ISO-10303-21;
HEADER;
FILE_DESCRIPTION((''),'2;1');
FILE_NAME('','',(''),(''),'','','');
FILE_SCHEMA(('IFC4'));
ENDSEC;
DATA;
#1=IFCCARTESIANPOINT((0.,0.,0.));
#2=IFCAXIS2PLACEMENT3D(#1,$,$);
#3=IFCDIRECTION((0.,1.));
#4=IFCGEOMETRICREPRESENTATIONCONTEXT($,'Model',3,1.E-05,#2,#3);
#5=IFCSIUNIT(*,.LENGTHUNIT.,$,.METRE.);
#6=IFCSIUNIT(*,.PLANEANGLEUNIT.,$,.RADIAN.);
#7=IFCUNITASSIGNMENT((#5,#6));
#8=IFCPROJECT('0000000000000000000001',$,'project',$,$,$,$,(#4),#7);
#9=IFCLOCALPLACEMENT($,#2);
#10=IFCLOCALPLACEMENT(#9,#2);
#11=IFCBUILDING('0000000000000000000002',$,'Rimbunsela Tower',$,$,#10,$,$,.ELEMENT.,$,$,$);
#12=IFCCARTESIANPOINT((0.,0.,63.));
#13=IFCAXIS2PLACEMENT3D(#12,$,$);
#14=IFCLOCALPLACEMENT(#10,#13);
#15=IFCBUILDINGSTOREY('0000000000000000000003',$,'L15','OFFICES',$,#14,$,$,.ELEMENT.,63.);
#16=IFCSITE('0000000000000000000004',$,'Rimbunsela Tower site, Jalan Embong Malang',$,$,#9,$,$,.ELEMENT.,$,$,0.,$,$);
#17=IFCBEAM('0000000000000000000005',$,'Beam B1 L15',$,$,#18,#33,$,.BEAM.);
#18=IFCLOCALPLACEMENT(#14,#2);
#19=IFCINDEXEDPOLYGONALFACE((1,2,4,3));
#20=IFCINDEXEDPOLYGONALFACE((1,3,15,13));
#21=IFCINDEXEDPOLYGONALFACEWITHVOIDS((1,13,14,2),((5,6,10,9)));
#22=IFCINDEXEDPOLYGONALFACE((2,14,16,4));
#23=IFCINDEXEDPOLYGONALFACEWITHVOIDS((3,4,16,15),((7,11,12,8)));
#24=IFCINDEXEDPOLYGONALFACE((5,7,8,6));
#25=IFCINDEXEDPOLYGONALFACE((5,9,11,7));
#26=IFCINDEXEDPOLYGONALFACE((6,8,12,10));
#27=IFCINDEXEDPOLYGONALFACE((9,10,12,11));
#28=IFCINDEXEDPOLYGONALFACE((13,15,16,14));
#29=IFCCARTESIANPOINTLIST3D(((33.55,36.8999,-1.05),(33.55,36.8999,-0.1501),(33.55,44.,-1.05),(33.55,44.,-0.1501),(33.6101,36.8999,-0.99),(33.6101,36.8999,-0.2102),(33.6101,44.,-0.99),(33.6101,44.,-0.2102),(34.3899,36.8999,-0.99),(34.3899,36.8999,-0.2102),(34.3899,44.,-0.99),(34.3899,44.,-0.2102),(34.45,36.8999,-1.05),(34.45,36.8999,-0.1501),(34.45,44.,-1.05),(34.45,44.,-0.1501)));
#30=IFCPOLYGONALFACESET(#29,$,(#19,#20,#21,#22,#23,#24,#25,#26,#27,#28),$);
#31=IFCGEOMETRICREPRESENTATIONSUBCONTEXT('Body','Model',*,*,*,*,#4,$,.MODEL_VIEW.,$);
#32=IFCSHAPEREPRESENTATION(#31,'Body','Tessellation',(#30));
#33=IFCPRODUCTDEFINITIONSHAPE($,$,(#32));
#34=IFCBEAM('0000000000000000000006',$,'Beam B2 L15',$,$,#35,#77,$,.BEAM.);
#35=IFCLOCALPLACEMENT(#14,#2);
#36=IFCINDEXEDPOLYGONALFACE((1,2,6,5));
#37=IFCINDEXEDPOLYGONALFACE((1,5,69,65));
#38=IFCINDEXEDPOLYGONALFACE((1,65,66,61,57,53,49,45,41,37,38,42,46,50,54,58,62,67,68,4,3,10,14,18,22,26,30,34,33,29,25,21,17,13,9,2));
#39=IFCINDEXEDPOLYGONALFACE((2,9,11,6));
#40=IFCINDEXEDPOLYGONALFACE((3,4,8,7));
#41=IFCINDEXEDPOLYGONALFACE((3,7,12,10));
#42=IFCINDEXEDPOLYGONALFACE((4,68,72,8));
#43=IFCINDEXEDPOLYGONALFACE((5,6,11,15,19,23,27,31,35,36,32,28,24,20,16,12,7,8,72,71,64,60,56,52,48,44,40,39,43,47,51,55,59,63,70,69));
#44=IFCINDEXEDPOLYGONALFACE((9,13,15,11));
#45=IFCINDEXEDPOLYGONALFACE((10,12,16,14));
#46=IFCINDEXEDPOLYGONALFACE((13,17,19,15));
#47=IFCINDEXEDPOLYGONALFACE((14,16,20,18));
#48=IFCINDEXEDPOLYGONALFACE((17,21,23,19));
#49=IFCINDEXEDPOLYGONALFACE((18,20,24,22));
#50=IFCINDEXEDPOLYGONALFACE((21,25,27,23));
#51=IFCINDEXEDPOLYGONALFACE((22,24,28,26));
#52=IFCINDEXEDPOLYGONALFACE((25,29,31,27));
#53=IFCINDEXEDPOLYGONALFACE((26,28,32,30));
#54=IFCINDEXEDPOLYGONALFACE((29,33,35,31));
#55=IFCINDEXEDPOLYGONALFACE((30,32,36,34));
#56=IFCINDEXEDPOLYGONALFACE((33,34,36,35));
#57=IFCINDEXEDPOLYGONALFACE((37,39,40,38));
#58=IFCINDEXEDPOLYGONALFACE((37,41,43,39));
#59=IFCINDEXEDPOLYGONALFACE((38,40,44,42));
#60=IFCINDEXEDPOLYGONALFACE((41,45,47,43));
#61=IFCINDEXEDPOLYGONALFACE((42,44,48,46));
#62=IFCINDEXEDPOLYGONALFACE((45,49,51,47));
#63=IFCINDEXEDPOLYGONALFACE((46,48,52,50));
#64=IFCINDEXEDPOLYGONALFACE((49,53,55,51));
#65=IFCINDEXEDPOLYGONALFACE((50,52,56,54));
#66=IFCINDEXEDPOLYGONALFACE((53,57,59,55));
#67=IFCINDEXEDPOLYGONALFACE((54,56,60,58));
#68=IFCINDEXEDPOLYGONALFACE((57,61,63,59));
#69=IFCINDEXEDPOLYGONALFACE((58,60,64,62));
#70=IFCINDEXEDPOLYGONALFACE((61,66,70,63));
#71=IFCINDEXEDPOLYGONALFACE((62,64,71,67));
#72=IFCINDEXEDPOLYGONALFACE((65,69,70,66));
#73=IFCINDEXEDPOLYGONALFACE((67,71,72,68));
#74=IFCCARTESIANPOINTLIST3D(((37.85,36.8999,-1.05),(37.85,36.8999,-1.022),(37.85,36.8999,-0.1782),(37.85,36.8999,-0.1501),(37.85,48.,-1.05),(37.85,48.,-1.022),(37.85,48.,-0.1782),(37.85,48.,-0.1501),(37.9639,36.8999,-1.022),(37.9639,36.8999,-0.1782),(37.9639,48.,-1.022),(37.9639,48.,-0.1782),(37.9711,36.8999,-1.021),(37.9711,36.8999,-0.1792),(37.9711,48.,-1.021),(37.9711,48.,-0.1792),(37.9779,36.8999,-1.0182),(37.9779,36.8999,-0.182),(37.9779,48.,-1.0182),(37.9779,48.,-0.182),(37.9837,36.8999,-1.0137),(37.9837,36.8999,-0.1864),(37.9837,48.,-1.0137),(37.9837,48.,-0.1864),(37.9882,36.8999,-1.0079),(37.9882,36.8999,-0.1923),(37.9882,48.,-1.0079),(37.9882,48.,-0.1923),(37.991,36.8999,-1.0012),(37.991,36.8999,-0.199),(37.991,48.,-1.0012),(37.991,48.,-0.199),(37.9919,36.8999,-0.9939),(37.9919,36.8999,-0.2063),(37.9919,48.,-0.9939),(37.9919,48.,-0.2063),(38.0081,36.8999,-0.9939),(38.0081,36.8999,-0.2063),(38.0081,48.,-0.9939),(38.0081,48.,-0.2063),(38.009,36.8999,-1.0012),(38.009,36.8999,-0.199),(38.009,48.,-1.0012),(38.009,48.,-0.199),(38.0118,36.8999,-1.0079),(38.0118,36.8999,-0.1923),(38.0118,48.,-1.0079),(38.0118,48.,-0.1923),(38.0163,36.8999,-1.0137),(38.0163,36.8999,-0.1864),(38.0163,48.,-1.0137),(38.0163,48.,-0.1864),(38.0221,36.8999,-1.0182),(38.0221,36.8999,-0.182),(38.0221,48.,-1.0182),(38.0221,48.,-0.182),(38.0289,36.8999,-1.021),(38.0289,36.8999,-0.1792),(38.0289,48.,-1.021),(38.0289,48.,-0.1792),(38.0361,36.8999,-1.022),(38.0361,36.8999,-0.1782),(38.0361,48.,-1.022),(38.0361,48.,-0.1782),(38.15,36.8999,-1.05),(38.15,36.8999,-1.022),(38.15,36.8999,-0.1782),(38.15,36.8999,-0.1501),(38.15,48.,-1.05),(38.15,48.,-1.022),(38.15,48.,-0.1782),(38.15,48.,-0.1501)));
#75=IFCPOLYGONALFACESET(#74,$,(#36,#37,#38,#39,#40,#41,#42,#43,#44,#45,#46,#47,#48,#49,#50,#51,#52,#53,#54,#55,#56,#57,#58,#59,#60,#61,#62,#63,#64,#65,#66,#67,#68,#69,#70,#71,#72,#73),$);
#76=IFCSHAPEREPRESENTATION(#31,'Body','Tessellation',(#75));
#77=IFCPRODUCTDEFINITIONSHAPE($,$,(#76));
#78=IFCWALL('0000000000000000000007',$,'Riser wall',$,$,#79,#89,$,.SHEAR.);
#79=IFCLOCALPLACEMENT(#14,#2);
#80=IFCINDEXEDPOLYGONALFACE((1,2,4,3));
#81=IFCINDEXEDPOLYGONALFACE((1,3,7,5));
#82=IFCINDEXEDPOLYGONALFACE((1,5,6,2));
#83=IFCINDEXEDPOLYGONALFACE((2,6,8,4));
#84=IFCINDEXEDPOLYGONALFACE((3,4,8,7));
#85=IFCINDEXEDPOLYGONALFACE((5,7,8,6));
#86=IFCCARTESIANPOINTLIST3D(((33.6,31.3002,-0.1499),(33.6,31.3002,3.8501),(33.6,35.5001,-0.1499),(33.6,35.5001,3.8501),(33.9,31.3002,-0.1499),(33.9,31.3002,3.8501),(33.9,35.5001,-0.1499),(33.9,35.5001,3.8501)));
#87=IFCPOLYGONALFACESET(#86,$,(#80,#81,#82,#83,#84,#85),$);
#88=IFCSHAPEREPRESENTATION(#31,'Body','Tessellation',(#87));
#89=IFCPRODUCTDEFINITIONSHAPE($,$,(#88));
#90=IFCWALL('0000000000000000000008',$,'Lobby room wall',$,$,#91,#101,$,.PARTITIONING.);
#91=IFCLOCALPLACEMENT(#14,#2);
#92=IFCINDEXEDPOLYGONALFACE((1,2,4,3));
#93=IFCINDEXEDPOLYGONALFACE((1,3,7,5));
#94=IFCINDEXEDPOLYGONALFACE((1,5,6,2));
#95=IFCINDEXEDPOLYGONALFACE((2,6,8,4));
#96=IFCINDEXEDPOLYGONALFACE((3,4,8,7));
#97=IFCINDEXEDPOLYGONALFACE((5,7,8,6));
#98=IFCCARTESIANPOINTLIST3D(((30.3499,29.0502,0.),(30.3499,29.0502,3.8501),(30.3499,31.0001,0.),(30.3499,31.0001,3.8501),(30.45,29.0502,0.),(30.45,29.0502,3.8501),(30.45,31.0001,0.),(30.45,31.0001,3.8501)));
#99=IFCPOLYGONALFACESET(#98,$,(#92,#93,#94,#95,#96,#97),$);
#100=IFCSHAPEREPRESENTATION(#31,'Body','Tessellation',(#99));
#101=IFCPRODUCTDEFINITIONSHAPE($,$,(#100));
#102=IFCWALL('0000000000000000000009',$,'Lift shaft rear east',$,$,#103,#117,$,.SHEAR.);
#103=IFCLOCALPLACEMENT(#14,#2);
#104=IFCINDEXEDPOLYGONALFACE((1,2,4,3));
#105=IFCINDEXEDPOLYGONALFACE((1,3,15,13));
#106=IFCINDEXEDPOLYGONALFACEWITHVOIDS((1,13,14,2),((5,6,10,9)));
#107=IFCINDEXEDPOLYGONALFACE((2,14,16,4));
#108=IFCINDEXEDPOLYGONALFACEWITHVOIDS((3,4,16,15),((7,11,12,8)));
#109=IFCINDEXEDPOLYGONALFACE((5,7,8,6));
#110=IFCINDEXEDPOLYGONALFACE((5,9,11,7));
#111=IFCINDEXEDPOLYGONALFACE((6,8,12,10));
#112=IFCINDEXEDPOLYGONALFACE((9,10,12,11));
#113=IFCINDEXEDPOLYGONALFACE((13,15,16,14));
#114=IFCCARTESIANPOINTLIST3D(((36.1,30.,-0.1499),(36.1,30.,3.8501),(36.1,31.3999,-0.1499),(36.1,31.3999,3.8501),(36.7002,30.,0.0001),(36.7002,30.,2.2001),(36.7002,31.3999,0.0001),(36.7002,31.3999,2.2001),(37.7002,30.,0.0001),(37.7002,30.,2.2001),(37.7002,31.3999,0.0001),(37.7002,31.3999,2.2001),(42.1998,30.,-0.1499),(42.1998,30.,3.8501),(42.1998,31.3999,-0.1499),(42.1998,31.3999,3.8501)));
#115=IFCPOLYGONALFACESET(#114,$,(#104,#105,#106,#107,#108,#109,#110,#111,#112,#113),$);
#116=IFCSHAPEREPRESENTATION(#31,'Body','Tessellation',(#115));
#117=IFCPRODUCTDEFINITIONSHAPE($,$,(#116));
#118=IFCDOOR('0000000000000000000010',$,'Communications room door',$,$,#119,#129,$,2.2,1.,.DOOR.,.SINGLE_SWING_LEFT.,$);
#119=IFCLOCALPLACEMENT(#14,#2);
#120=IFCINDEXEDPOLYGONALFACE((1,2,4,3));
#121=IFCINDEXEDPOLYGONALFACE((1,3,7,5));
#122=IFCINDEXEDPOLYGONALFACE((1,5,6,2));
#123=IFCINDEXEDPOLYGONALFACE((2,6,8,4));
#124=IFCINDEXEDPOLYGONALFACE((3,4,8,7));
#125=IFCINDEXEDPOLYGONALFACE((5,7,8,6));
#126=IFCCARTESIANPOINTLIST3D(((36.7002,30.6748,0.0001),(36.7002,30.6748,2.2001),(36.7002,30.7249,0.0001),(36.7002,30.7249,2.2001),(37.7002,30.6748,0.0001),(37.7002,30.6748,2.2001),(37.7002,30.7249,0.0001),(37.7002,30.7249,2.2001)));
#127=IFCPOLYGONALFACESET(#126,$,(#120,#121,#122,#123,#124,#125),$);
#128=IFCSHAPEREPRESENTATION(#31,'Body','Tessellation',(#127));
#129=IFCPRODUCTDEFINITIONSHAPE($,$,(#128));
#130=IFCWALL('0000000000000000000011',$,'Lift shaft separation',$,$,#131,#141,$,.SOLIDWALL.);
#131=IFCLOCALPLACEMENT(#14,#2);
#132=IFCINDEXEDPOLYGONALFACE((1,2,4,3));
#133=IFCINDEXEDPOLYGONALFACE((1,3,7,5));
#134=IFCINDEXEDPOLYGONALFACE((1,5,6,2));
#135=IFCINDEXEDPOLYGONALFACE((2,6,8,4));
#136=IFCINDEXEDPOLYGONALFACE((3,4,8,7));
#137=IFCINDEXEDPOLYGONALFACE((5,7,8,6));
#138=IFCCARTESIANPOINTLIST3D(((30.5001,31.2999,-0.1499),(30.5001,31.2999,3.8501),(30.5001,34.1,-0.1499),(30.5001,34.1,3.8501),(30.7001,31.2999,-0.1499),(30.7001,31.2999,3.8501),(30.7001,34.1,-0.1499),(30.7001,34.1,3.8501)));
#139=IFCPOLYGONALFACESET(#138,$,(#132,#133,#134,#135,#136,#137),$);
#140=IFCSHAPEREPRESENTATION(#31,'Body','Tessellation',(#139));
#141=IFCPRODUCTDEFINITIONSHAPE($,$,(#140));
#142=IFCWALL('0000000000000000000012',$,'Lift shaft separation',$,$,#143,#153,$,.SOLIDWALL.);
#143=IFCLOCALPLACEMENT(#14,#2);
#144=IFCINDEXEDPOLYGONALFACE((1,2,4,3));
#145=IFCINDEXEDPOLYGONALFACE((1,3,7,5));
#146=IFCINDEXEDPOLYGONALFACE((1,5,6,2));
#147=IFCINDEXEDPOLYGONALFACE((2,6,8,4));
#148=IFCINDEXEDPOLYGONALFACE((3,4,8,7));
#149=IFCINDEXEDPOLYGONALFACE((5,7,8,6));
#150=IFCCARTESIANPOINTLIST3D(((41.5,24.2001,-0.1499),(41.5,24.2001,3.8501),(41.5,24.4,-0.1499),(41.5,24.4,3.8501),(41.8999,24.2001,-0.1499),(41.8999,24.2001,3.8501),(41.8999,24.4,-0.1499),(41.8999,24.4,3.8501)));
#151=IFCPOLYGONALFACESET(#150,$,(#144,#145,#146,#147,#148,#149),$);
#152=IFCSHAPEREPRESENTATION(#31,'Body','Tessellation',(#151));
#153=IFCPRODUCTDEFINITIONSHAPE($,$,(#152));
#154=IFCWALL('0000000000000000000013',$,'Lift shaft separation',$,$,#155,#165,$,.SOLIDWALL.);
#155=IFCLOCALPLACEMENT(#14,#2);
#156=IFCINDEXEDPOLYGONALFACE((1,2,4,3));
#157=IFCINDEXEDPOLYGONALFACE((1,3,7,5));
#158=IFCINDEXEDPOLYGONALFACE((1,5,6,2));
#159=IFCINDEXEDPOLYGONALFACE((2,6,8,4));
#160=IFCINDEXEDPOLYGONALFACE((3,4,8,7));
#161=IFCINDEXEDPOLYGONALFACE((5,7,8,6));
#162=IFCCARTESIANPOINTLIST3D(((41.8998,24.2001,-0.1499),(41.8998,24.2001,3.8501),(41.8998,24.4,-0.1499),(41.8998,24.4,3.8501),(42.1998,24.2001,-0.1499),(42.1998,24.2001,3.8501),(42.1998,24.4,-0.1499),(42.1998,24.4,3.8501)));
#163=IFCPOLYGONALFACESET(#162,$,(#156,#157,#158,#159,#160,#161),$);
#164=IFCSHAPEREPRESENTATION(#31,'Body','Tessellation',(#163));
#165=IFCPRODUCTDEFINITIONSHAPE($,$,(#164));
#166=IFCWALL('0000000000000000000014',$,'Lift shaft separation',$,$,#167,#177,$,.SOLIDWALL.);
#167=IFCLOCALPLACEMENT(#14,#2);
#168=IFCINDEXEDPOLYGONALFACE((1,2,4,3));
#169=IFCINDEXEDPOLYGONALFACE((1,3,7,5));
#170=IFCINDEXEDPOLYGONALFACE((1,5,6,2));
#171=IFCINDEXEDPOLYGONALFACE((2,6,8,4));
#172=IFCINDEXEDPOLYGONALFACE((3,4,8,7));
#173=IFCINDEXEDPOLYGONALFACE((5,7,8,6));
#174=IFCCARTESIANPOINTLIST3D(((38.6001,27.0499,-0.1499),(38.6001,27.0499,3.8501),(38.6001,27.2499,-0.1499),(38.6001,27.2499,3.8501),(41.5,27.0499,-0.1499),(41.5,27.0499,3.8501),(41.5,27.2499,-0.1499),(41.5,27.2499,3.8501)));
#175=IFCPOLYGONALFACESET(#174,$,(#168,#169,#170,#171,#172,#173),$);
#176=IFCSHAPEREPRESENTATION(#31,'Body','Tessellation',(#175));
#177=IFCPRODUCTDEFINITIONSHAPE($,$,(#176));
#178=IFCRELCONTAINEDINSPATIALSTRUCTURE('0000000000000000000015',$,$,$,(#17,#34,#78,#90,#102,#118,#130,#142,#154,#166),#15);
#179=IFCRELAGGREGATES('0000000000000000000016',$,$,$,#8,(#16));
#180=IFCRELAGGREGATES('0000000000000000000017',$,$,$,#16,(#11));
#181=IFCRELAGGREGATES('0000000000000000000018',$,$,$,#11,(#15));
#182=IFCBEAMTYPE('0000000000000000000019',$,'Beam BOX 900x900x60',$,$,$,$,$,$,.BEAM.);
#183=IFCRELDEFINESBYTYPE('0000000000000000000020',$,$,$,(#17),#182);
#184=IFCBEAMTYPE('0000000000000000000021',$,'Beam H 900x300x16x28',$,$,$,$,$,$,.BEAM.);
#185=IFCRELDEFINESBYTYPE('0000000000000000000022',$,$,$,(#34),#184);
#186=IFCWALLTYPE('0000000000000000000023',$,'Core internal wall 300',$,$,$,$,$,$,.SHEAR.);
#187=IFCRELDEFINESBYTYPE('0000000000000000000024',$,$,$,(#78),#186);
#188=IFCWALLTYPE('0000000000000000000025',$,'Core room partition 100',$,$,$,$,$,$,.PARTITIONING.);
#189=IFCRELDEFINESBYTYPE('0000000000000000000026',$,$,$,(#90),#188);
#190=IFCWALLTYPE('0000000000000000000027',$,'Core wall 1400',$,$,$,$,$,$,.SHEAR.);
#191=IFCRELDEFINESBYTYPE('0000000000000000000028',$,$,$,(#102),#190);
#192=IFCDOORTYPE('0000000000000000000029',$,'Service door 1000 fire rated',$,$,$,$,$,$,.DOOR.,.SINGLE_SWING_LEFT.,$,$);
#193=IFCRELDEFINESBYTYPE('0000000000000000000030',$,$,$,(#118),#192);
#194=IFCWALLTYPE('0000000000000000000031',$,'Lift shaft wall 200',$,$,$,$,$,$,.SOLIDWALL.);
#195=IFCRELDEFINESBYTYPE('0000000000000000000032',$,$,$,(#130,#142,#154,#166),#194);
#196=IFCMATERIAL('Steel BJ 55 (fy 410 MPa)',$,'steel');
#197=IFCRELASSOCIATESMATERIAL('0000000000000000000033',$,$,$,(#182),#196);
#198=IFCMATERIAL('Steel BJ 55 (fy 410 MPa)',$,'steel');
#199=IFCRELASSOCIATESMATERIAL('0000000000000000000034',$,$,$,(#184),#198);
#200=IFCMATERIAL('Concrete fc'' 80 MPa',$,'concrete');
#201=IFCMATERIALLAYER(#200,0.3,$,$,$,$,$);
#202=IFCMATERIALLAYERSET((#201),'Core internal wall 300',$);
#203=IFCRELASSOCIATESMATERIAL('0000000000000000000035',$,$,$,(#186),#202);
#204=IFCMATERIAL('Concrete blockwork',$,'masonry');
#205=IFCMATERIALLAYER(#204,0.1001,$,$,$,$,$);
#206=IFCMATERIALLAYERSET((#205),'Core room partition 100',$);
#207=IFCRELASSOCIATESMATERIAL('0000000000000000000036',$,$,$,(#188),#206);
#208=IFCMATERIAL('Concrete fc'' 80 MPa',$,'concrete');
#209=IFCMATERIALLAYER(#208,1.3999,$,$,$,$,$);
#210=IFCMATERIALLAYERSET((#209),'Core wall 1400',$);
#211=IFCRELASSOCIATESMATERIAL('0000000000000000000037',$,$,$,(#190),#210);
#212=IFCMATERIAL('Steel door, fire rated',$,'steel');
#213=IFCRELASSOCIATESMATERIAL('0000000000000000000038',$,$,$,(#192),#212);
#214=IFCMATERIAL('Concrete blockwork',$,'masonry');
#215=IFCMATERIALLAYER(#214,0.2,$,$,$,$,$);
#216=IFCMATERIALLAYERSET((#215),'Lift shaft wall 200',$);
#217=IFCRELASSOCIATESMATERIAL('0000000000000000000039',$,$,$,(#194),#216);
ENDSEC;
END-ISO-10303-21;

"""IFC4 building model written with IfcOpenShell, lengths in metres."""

from ifc_helpers import new_model, si_unit, direction, frame, frame_2d, origin, origin_2d, place, context, subcontext, project, spatial, rectangle, hollow_rectangle, i_section, extrude, material, layer, layer_set, material_profile, profile_set, type_object, element, fill, save


model = new_model("IFC4")

# Units and contexts
model_context = context("Model", 3, precision=1e-05, world=origin(), true_north=direction((0.0, 1.0)))
body_context = subcontext(model_context, "Body", "Model", "MODEL_VIEW")
ifc_project = project(units=[si_unit("LENGTHUNIT", "METRE"), si_unit("PLANEANGLEUNIT", "RADIAN")], contexts=[model_context])

# Site, building, storey
site_placement = place(None, origin())
site = spatial("IfcSite", under=ifc_project, at=site_placement, Name="Rimbunsela Tower site, Jalan Embong Malang", CompositionType="ELEMENT", RefElevation=0.0)
building_placement = place(site_placement, origin())
building = spatial("IfcBuilding", under=site, at=building_placement, Name="Rimbunsela Tower", CompositionType="ELEMENT")
storey_placement = place(building_placement, frame((0.0, 0.0, 63.0)))
storey = spatial("IfcBuildingStorey", under=building, at=storey_placement, Name="L15", Description="OFFICES", CompositionType="ELEMENT", Elevation=63.0)

# Beams
ifc_material_1 = material(Name="Steel BJ 55 (fy 410 MPa)", Category="steel")
ifc_material_profile_1 = material_profile(ifc_material_1, hollow_rectangle(XDim=0.8999, YDim=0.8999, WallThickness=0.0601, at=origin_2d()), Name="BOX 900x900x60")
ifc_profile_set_1 = profile_set([ifc_material_profile_1], Name="Steel BJ 55 (fy 410 MPa)")
beam_type_1 = type_object("IfcBeamType", Name="Beam BOX 900x900x60", PredefinedType="BEAM", material=ifc_profile_set_1)
beam_1_placement = place(storey_placement, frame((34.0, 36.8999, -0.6001), z_axis=(0.0, 1.0, 0.0), x_axis=(-1.0, 0.0, 0.0)))
element("IfcBeam", 1, at=beam_1_placement, inside=storey, type_object=beam_type_1, Name="Beam B1 L15", PredefinedType="BEAM", context=body_context, shape_type="SweptSolid", body=[
    extrude(hollow_rectangle(XDim=0.8999, YDim=0.8999, WallThickness=0.0601, at=origin_2d()), origin(), (0.0, 0.0, 1.0), 7.1001),
])
ifc_material_2 = material(Name="Steel BJ 55 (fy 410 MPa)", Category="steel")
ifc_material_profile_2 = material_profile(ifc_material_2, i_section(OverallWidth=0.3, OverallDepth=0.8999, WebThickness=0.0161, FlangeThickness=0.0281, FilletRadius=0.0281, at=origin_2d()), Name="H 900x300x16x28")
ifc_profile_set_2 = profile_set([ifc_material_profile_2], Name="Steel BJ 55 (fy 410 MPa)")
beam_type_2 = type_object("IfcBeamType", Name="Beam H 900x300x16x28", PredefinedType="BEAM", material=ifc_profile_set_2)
beam_2_placement = place(storey_placement, frame((38.0, 36.8999, -0.6001), z_axis=(0.0, 1.0, 0.0), x_axis=(-1.0, 0.0, 0.0)))
element("IfcBeam", 2, at=beam_2_placement, inside=storey, type_object=beam_type_2, Name="Beam B2 L15", PredefinedType="BEAM", context=body_context, shape_type="SweptSolid", body=[
    extrude(i_section(OverallWidth=0.3, OverallDepth=0.8999, WebThickness=0.0161, FlangeThickness=0.0281, FilletRadius=0.0281, at=origin_2d()), origin(), (0.0, 0.0, 1.0), 11.1001),
])

# Walls
ifc_material_3 = material(Name="Concrete fc' 80 MPa", Category="concrete")
ifc_layer_1 = layer(ifc_material_3, 0.3)
ifc_layer_set_1 = layer_set([ifc_layer_1], Name="Core internal wall 300")
wall_type_1 = type_object("IfcWallType", Name="Core internal wall 300", PredefinedType="SHEAR", material=ifc_layer_set_1)
wall_1_placement = place(storey_placement, frame((33.75, 31.3, -0.1499), z_axis=(0.0, 0.0, 1.0), x_axis=(0.0, 1.0, 0.0)))
element("IfcWall", 3, at=wall_1_placement, inside=storey, type_object=wall_type_1, Name="Riser wall", PredefinedType="SHEAR", context=body_context, shape_type="SweptSolid", body=[
    extrude(rectangle(XDim=4.2, YDim=0.3, at=frame_2d((2.1001, 0.0))), origin(), (0.0, 0.0, 1.0), 4.0),
])
ifc_material_4 = material(Name="Concrete blockwork", Category="masonry")
ifc_layer_2 = layer(ifc_material_4, 0.1001)
ifc_layer_set_2 = layer_set([ifc_layer_2], Name="Core room partition 100")
wall_type_2 = type_object("IfcWallType", Name="Core room partition 100", PredefinedType="PARTITIONING", material=ifc_layer_set_2)
wall_2_placement = place(storey_placement, frame((30.3999, 29.05, 0.0), z_axis=(0.0, 0.0, 1.0), x_axis=(0.0, 1.0, 0.0)))
element("IfcWall", 4, at=wall_2_placement, inside=storey, type_object=wall_type_2, Name="Lobby room wall", PredefinedType="PARTITIONING", context=body_context, shape_type="SweptSolid", body=[
    extrude(rectangle(XDim=1.95, YDim=0.1001, at=frame_2d((0.9751, 0.0))), origin(), (0.0, 0.0, 1.0), 3.8501),
])

# Wall, opening, door
ifc_material_5 = material(Name="Concrete fc' 80 MPa", Category="concrete")
ifc_layer_3 = layer(ifc_material_5, 1.3999)
ifc_layer_set_3 = layer_set([ifc_layer_3], Name="Core wall 1400")
wall_type_3 = type_object("IfcWallType", Name="Core wall 1400", PredefinedType="SHEAR", material=ifc_layer_set_3)
wall_3_placement = place(storey_placement, frame((36.1001, 30.7, -0.1499), z_axis=(0.0, 0.0, 1.0), x_axis=(1.0, 0.0, 0.0)))
wall_3 = element("IfcWall", 5, at=wall_3_placement, inside=storey, type_object=wall_type_3, Name="Lift shaft rear east", PredefinedType="SHEAR", context=body_context, shape_type="SweptSolid", body=[
    extrude(rectangle(XDim=6.0999, YDim=1.3999, at=frame_2d((3.0498, 0.0))), origin(), (0.0, 0.0, 1.0), 4.0),
])
opening_placement = place(wall_3_placement, frame((0.6001, 0.0, 0.1499)))
opening = element("IfcOpeningElement", 6, at=opening_placement, cuts=wall_3, PredefinedType="OPENING", context=body_context, shape_type="SweptSolid", body=[
    extrude(rectangle(XDim=1.0, YDim=2.2, at=frame_2d((0.5, 1.1001))), frame((0.0, 0.71, 0.0), z_axis=(0.0, -1.0, 0.0), x_axis=(1.0, 0.0, 0.0)), (0.0, 0.0, 1.0), 1.4199),
])
ifc_material_6 = material(Name="Steel door, fire rated", Category="steel")
door_type = type_object("IfcDoorType", Name="Service door 1000 fire rated", OperationType="SINGLE_SWING_LEFT", PredefinedType="DOOR", material=ifc_material_6)
door_placement = place(opening_placement, origin())
door = element("IfcDoor", 7, at=door_placement, inside=storey, type_object=door_type, Name="Communications room door", OperationType="SINGLE_SWING_LEFT", OverallHeight=2.2, OverallWidth=1.0, PredefinedType="DOOR", context=body_context, shape_type="SweptSolid", body=[
    extrude(rectangle(XDim=1.0, YDim=2.2, at=frame_2d((0.5, 1.1001))), frame((0.0, 0.0249, 0.0), z_axis=(0.0, -1.0, 0.0), x_axis=(1.0, 0.0, 0.0)), (0.0, 0.0, 1.0), 0.05),
])
fill(opening, door)

# Walls
ifc_material_7 = material(Name="Concrete blockwork", Category="masonry")
ifc_layer_4 = layer(ifc_material_7, 0.2)
ifc_layer_set_4 = layer_set([ifc_layer_4], Name="Lift shaft wall 200")
wall_type_4 = type_object("IfcWallType", Name="Lift shaft wall 200", PredefinedType="SOLIDWALL", material=ifc_layer_set_4)
wall_4_placement = place(storey_placement, frame((30.6001, 31.3, -0.1499), z_axis=(0.0, 0.0, 1.0), x_axis=(0.0, 1.0, 0.0)))
element("IfcWall", 8, at=wall_4_placement, inside=storey, type_object=wall_type_4, Name="Lift shaft separation", PredefinedType="SOLIDWALL", context=body_context, shape_type="SweptSolid", body=[
    extrude(rectangle(XDim=2.8, YDim=0.2, at=frame_2d((1.3999, 0.0))), origin(), (0.0, 0.0, 1.0), 4.0),
])
wall_5_placement = place(storey_placement, frame((41.5, 24.3, -0.1499), z_axis=(0.0, 0.0, 1.0), x_axis=(1.0, 0.0, 0.0)))
element("IfcWall", 9, at=wall_5_placement, inside=storey, type_object=wall_type_4, Name="Lift shaft separation", PredefinedType="SOLIDWALL", context=body_context, shape_type="SweptSolid", body=[
    extrude(rectangle(XDim=0.3999, YDim=0.2, at=frame_2d((0.2, 0.0))), origin(), (0.0, 0.0, 1.0), 4.0),
])
wall_6_placement = place(storey_placement, frame((41.8999, 24.3, -0.1499), z_axis=(0.0, 0.0, 1.0), x_axis=(1.0, 0.0, 0.0)))
element("IfcWall", 10, at=wall_6_placement, inside=storey, type_object=wall_type_4, Name="Lift shaft separation", PredefinedType="SOLIDWALL", context=body_context, shape_type="SweptSolid", body=[
    extrude(rectangle(XDim=0.3, YDim=0.2, at=frame_2d((0.1499, 0.0))), origin(), (0.0, 0.0, 1.0), 4.0),
])
wall_7_placement = place(storey_placement, frame((38.6001, 27.1499, -0.1499), z_axis=(0.0, 0.0, 1.0), x_axis=(1.0, 0.0, 0.0)))
element("IfcWall", 11, at=wall_7_placement, inside=storey, type_object=wall_type_4, Name="Lift shaft separation", PredefinedType="SOLIDWALL", context=body_context, shape_type="SweptSolid", body=[
    extrude(rectangle(XDim=2.8999, YDim=0.2, at=frame_2d((1.45, 0.0))), origin(), (0.0, 0.0, 1.0), 4.0),
])

save(model, "model.ifc")
